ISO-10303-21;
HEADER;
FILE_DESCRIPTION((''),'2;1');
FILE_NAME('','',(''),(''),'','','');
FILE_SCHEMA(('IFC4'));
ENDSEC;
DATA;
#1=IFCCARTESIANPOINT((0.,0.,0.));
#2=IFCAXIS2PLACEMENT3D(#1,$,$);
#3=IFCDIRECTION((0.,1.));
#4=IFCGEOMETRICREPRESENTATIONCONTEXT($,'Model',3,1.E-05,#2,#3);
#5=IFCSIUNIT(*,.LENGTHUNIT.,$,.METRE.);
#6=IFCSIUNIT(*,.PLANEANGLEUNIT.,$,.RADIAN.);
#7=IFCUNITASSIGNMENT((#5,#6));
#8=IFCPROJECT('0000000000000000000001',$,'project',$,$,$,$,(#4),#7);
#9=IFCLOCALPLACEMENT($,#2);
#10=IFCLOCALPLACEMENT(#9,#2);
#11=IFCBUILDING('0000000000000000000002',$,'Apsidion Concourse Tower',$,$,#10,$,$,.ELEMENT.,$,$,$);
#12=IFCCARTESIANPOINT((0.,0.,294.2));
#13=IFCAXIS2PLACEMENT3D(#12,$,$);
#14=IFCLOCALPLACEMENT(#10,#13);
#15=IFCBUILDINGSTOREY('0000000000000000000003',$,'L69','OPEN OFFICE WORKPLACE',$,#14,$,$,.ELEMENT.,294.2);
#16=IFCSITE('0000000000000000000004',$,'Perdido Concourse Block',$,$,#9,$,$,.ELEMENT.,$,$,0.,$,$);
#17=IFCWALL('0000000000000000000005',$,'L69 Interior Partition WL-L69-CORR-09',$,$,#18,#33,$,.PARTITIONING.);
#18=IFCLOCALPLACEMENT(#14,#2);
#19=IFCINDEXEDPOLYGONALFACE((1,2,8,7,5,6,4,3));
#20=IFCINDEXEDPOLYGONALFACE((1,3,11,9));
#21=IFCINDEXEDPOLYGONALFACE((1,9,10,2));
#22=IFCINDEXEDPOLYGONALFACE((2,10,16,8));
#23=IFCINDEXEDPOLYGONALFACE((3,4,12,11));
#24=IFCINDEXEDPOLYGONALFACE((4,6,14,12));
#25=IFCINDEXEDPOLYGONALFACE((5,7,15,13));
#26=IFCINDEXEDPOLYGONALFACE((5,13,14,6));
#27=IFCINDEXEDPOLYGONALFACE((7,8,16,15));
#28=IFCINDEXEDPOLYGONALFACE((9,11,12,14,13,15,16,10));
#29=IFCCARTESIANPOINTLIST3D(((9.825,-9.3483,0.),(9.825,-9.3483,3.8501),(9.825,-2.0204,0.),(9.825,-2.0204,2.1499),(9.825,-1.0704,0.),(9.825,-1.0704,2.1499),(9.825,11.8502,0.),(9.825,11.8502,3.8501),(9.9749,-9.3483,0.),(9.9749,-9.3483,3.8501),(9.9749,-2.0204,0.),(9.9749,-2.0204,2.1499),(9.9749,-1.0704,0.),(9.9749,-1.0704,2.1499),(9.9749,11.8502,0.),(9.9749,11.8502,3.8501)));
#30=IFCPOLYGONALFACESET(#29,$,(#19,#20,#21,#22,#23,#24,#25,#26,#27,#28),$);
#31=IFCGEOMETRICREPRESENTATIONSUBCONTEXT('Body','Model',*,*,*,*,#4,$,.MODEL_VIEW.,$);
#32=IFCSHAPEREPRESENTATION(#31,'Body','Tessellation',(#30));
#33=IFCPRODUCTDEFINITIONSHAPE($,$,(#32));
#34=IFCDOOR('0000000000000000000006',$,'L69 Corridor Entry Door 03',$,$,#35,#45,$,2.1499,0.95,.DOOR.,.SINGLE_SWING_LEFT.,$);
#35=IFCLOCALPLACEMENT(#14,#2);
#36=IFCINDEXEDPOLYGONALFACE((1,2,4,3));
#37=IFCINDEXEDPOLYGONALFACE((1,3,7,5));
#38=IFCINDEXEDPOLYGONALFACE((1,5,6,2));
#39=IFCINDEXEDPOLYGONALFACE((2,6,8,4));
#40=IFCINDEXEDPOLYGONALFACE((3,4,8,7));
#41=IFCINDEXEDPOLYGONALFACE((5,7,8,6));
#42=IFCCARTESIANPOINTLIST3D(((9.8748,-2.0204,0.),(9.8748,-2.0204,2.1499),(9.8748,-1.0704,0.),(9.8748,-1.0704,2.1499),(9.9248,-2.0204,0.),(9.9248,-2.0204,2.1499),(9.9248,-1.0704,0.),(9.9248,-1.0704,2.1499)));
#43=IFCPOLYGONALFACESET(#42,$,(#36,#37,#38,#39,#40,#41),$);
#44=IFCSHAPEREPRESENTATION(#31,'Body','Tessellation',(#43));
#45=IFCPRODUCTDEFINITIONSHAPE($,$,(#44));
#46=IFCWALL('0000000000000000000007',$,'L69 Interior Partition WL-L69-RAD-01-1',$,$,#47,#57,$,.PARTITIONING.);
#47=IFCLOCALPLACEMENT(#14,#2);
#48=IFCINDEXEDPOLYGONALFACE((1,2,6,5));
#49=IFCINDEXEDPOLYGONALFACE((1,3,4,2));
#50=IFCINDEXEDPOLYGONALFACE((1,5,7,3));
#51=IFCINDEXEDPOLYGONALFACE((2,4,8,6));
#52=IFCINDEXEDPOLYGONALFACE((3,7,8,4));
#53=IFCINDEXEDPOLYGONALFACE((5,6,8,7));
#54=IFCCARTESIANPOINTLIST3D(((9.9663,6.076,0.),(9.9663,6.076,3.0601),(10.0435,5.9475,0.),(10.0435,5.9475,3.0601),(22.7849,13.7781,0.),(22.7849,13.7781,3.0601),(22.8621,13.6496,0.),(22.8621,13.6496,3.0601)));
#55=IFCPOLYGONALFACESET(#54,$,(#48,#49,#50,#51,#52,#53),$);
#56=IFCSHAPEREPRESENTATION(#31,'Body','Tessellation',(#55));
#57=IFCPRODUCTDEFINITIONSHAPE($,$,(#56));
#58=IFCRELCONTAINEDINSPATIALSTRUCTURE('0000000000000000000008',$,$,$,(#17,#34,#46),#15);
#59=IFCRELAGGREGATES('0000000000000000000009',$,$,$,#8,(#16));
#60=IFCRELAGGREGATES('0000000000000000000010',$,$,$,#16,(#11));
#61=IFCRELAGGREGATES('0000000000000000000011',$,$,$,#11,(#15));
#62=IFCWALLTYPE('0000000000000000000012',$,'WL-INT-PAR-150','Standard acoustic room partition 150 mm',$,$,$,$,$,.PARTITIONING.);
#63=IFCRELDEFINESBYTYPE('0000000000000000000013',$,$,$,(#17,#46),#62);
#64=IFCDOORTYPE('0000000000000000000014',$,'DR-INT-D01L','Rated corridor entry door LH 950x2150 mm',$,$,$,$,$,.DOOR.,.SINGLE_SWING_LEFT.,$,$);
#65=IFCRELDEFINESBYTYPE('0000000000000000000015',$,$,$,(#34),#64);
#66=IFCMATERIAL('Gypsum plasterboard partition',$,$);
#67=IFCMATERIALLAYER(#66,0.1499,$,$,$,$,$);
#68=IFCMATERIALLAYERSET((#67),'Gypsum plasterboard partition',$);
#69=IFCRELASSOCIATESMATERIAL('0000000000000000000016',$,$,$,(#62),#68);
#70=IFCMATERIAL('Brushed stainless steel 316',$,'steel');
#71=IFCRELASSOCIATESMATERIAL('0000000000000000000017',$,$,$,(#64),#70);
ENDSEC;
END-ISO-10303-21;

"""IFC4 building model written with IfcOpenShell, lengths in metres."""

from ifc_helpers import new_model, si_unit, direction, frame, frame_2d, origin, place, context, subcontext, project, spatial, rectangle, extrude, material, layer, layer_set, type_object, element, fill, save


model = new_model("IFC4")

# Units and contexts
model_context = context("Model", 3, precision=1e-05, world=origin(), true_north=direction((0.0, 1.0)))
body_context = subcontext(model_context, "Body", "Model", "MODEL_VIEW")
ifc_project = project(units=[si_unit("LENGTHUNIT", "METRE"), si_unit("PLANEANGLEUNIT", "RADIAN")], contexts=[model_context])

# Site, building, storey
site_placement = place(None, origin())
site = spatial("IfcSite", under=ifc_project, at=site_placement, Name="Perdido Concourse Block", CompositionType="ELEMENT", RefElevation=0.0)
building_placement = place(site_placement, origin())
building = spatial("IfcBuilding", under=site, at=building_placement, Name="Apsidion Concourse Tower", CompositionType="ELEMENT")
storey_placement = place(building_placement, frame((0.0, 0.0, 294.2)))
storey = spatial("IfcBuildingStorey", under=building, at=storey_placement, Name="L69", Description="OPEN OFFICE WORKPLACE", CompositionType="ELEMENT", Elevation=294.2)

# Wall, opening, door
ifc_material_1 = material(Name="Gypsum plasterboard partition")
ifc_layer_1 = layer(ifc_material_1, 0.1499)
ifc_layer_set_1 = layer_set([ifc_layer_1], Name="Gypsum plasterboard partition")
wall_type_1 = type_object("IfcWallType", Name="WL-INT-PAR-150", Description="Standard acoustic room partition 150 mm", PredefinedType="PARTITIONING", material=ifc_layer_set_1)
wall_1_placement = place(storey_placement, frame((9.8999, 11.8501, 0.0), z_axis=(0.0, 0.0, 1.0), x_axis=(0.0, -1.0, 0.0)))
wall_1 = element("IfcWall", 1, at=wall_1_placement, inside=storey, type_object=wall_type_1, Name="L69 Interior Partition WL-L69-CORR-09", PredefinedType="PARTITIONING", context=body_context, shape_type="SweptSolid", body=[
    extrude(rectangle(XDim=21.1985, YDim=0.1499, at=frame_2d((10.5991, 0.0))), origin(), (0.0, 0.0, 1.0), 3.8501),
])
opening_1_placement = place(wall_1_placement, frame((12.9204, 0.0, 0.0)))
opening_1 = element("IfcOpeningElement", 2, at=opening_1_placement, cuts=wall_1, PredefinedType="OPENING", context=body_context, shape_type="SweptSolid", body=[
    extrude(rectangle(XDim=0.95, YDim=2.1499, at=frame_2d((0.4751, 1.075))), frame((0.0, 0.085, 0.0), z_axis=(0.0, -1.0, 0.0), x_axis=(1.0, 0.0, 0.0)), (0.0, 0.0, 1.0), 0.1699),
])
ifc_material_2 = material(Name="Brushed stainless steel 316", Category="steel")
door_type_1 = type_object("IfcDoorType", Name="DR-INT-D01L", Description="Rated corridor entry door LH 950x2150 mm", OperationType="SINGLE_SWING_LEFT", PredefinedType="DOOR", material=ifc_material_2)
door_1_placement = place(opening_1_placement, origin())
door_1 = element("IfcDoor", 3, at=door_1_placement, inside=storey, type_object=door_type_1, Name="L69 Corridor Entry Door 03", OperationType="SINGLE_SWING_LEFT", OverallHeight=2.1499, OverallWidth=0.95, PredefinedType="DOOR", context=body_context, shape_type="SweptSolid", body=[
    extrude(rectangle(XDim=0.95, YDim=2.1499, at=frame_2d((0.4751, 1.075))), frame((0.0, 0.0249, 0.0), z_axis=(0.0, -1.0, 0.0), x_axis=(1.0, 0.0, 0.0)), (0.0, 0.0, 1.0), 0.05),
])
fill(opening_1, door_1)

# Wall
wall_2_placement = place(storey_placement, frame((10.0049, 6.0117, 0.0), z_axis=(0.0, 0.0, 1.0), x_axis=(0.857169, 0.515036, 0.0)))
element("IfcWall", 4, at=wall_2_placement, inside=storey, type_object=wall_type_1, Name="L69 Interior Partition WL-L69-RAD-01-1", PredefinedType="PARTITIONING", context=body_context, shape_type="SweptSolid", body=[
    extrude(rectangle(XDim=14.9546, YDim=0.1499, at=frame_2d((7.4773, 0.0))), origin(), (0.0, 0.0, 1.0), 3.0601),
])

save(model, "model.ifc")
